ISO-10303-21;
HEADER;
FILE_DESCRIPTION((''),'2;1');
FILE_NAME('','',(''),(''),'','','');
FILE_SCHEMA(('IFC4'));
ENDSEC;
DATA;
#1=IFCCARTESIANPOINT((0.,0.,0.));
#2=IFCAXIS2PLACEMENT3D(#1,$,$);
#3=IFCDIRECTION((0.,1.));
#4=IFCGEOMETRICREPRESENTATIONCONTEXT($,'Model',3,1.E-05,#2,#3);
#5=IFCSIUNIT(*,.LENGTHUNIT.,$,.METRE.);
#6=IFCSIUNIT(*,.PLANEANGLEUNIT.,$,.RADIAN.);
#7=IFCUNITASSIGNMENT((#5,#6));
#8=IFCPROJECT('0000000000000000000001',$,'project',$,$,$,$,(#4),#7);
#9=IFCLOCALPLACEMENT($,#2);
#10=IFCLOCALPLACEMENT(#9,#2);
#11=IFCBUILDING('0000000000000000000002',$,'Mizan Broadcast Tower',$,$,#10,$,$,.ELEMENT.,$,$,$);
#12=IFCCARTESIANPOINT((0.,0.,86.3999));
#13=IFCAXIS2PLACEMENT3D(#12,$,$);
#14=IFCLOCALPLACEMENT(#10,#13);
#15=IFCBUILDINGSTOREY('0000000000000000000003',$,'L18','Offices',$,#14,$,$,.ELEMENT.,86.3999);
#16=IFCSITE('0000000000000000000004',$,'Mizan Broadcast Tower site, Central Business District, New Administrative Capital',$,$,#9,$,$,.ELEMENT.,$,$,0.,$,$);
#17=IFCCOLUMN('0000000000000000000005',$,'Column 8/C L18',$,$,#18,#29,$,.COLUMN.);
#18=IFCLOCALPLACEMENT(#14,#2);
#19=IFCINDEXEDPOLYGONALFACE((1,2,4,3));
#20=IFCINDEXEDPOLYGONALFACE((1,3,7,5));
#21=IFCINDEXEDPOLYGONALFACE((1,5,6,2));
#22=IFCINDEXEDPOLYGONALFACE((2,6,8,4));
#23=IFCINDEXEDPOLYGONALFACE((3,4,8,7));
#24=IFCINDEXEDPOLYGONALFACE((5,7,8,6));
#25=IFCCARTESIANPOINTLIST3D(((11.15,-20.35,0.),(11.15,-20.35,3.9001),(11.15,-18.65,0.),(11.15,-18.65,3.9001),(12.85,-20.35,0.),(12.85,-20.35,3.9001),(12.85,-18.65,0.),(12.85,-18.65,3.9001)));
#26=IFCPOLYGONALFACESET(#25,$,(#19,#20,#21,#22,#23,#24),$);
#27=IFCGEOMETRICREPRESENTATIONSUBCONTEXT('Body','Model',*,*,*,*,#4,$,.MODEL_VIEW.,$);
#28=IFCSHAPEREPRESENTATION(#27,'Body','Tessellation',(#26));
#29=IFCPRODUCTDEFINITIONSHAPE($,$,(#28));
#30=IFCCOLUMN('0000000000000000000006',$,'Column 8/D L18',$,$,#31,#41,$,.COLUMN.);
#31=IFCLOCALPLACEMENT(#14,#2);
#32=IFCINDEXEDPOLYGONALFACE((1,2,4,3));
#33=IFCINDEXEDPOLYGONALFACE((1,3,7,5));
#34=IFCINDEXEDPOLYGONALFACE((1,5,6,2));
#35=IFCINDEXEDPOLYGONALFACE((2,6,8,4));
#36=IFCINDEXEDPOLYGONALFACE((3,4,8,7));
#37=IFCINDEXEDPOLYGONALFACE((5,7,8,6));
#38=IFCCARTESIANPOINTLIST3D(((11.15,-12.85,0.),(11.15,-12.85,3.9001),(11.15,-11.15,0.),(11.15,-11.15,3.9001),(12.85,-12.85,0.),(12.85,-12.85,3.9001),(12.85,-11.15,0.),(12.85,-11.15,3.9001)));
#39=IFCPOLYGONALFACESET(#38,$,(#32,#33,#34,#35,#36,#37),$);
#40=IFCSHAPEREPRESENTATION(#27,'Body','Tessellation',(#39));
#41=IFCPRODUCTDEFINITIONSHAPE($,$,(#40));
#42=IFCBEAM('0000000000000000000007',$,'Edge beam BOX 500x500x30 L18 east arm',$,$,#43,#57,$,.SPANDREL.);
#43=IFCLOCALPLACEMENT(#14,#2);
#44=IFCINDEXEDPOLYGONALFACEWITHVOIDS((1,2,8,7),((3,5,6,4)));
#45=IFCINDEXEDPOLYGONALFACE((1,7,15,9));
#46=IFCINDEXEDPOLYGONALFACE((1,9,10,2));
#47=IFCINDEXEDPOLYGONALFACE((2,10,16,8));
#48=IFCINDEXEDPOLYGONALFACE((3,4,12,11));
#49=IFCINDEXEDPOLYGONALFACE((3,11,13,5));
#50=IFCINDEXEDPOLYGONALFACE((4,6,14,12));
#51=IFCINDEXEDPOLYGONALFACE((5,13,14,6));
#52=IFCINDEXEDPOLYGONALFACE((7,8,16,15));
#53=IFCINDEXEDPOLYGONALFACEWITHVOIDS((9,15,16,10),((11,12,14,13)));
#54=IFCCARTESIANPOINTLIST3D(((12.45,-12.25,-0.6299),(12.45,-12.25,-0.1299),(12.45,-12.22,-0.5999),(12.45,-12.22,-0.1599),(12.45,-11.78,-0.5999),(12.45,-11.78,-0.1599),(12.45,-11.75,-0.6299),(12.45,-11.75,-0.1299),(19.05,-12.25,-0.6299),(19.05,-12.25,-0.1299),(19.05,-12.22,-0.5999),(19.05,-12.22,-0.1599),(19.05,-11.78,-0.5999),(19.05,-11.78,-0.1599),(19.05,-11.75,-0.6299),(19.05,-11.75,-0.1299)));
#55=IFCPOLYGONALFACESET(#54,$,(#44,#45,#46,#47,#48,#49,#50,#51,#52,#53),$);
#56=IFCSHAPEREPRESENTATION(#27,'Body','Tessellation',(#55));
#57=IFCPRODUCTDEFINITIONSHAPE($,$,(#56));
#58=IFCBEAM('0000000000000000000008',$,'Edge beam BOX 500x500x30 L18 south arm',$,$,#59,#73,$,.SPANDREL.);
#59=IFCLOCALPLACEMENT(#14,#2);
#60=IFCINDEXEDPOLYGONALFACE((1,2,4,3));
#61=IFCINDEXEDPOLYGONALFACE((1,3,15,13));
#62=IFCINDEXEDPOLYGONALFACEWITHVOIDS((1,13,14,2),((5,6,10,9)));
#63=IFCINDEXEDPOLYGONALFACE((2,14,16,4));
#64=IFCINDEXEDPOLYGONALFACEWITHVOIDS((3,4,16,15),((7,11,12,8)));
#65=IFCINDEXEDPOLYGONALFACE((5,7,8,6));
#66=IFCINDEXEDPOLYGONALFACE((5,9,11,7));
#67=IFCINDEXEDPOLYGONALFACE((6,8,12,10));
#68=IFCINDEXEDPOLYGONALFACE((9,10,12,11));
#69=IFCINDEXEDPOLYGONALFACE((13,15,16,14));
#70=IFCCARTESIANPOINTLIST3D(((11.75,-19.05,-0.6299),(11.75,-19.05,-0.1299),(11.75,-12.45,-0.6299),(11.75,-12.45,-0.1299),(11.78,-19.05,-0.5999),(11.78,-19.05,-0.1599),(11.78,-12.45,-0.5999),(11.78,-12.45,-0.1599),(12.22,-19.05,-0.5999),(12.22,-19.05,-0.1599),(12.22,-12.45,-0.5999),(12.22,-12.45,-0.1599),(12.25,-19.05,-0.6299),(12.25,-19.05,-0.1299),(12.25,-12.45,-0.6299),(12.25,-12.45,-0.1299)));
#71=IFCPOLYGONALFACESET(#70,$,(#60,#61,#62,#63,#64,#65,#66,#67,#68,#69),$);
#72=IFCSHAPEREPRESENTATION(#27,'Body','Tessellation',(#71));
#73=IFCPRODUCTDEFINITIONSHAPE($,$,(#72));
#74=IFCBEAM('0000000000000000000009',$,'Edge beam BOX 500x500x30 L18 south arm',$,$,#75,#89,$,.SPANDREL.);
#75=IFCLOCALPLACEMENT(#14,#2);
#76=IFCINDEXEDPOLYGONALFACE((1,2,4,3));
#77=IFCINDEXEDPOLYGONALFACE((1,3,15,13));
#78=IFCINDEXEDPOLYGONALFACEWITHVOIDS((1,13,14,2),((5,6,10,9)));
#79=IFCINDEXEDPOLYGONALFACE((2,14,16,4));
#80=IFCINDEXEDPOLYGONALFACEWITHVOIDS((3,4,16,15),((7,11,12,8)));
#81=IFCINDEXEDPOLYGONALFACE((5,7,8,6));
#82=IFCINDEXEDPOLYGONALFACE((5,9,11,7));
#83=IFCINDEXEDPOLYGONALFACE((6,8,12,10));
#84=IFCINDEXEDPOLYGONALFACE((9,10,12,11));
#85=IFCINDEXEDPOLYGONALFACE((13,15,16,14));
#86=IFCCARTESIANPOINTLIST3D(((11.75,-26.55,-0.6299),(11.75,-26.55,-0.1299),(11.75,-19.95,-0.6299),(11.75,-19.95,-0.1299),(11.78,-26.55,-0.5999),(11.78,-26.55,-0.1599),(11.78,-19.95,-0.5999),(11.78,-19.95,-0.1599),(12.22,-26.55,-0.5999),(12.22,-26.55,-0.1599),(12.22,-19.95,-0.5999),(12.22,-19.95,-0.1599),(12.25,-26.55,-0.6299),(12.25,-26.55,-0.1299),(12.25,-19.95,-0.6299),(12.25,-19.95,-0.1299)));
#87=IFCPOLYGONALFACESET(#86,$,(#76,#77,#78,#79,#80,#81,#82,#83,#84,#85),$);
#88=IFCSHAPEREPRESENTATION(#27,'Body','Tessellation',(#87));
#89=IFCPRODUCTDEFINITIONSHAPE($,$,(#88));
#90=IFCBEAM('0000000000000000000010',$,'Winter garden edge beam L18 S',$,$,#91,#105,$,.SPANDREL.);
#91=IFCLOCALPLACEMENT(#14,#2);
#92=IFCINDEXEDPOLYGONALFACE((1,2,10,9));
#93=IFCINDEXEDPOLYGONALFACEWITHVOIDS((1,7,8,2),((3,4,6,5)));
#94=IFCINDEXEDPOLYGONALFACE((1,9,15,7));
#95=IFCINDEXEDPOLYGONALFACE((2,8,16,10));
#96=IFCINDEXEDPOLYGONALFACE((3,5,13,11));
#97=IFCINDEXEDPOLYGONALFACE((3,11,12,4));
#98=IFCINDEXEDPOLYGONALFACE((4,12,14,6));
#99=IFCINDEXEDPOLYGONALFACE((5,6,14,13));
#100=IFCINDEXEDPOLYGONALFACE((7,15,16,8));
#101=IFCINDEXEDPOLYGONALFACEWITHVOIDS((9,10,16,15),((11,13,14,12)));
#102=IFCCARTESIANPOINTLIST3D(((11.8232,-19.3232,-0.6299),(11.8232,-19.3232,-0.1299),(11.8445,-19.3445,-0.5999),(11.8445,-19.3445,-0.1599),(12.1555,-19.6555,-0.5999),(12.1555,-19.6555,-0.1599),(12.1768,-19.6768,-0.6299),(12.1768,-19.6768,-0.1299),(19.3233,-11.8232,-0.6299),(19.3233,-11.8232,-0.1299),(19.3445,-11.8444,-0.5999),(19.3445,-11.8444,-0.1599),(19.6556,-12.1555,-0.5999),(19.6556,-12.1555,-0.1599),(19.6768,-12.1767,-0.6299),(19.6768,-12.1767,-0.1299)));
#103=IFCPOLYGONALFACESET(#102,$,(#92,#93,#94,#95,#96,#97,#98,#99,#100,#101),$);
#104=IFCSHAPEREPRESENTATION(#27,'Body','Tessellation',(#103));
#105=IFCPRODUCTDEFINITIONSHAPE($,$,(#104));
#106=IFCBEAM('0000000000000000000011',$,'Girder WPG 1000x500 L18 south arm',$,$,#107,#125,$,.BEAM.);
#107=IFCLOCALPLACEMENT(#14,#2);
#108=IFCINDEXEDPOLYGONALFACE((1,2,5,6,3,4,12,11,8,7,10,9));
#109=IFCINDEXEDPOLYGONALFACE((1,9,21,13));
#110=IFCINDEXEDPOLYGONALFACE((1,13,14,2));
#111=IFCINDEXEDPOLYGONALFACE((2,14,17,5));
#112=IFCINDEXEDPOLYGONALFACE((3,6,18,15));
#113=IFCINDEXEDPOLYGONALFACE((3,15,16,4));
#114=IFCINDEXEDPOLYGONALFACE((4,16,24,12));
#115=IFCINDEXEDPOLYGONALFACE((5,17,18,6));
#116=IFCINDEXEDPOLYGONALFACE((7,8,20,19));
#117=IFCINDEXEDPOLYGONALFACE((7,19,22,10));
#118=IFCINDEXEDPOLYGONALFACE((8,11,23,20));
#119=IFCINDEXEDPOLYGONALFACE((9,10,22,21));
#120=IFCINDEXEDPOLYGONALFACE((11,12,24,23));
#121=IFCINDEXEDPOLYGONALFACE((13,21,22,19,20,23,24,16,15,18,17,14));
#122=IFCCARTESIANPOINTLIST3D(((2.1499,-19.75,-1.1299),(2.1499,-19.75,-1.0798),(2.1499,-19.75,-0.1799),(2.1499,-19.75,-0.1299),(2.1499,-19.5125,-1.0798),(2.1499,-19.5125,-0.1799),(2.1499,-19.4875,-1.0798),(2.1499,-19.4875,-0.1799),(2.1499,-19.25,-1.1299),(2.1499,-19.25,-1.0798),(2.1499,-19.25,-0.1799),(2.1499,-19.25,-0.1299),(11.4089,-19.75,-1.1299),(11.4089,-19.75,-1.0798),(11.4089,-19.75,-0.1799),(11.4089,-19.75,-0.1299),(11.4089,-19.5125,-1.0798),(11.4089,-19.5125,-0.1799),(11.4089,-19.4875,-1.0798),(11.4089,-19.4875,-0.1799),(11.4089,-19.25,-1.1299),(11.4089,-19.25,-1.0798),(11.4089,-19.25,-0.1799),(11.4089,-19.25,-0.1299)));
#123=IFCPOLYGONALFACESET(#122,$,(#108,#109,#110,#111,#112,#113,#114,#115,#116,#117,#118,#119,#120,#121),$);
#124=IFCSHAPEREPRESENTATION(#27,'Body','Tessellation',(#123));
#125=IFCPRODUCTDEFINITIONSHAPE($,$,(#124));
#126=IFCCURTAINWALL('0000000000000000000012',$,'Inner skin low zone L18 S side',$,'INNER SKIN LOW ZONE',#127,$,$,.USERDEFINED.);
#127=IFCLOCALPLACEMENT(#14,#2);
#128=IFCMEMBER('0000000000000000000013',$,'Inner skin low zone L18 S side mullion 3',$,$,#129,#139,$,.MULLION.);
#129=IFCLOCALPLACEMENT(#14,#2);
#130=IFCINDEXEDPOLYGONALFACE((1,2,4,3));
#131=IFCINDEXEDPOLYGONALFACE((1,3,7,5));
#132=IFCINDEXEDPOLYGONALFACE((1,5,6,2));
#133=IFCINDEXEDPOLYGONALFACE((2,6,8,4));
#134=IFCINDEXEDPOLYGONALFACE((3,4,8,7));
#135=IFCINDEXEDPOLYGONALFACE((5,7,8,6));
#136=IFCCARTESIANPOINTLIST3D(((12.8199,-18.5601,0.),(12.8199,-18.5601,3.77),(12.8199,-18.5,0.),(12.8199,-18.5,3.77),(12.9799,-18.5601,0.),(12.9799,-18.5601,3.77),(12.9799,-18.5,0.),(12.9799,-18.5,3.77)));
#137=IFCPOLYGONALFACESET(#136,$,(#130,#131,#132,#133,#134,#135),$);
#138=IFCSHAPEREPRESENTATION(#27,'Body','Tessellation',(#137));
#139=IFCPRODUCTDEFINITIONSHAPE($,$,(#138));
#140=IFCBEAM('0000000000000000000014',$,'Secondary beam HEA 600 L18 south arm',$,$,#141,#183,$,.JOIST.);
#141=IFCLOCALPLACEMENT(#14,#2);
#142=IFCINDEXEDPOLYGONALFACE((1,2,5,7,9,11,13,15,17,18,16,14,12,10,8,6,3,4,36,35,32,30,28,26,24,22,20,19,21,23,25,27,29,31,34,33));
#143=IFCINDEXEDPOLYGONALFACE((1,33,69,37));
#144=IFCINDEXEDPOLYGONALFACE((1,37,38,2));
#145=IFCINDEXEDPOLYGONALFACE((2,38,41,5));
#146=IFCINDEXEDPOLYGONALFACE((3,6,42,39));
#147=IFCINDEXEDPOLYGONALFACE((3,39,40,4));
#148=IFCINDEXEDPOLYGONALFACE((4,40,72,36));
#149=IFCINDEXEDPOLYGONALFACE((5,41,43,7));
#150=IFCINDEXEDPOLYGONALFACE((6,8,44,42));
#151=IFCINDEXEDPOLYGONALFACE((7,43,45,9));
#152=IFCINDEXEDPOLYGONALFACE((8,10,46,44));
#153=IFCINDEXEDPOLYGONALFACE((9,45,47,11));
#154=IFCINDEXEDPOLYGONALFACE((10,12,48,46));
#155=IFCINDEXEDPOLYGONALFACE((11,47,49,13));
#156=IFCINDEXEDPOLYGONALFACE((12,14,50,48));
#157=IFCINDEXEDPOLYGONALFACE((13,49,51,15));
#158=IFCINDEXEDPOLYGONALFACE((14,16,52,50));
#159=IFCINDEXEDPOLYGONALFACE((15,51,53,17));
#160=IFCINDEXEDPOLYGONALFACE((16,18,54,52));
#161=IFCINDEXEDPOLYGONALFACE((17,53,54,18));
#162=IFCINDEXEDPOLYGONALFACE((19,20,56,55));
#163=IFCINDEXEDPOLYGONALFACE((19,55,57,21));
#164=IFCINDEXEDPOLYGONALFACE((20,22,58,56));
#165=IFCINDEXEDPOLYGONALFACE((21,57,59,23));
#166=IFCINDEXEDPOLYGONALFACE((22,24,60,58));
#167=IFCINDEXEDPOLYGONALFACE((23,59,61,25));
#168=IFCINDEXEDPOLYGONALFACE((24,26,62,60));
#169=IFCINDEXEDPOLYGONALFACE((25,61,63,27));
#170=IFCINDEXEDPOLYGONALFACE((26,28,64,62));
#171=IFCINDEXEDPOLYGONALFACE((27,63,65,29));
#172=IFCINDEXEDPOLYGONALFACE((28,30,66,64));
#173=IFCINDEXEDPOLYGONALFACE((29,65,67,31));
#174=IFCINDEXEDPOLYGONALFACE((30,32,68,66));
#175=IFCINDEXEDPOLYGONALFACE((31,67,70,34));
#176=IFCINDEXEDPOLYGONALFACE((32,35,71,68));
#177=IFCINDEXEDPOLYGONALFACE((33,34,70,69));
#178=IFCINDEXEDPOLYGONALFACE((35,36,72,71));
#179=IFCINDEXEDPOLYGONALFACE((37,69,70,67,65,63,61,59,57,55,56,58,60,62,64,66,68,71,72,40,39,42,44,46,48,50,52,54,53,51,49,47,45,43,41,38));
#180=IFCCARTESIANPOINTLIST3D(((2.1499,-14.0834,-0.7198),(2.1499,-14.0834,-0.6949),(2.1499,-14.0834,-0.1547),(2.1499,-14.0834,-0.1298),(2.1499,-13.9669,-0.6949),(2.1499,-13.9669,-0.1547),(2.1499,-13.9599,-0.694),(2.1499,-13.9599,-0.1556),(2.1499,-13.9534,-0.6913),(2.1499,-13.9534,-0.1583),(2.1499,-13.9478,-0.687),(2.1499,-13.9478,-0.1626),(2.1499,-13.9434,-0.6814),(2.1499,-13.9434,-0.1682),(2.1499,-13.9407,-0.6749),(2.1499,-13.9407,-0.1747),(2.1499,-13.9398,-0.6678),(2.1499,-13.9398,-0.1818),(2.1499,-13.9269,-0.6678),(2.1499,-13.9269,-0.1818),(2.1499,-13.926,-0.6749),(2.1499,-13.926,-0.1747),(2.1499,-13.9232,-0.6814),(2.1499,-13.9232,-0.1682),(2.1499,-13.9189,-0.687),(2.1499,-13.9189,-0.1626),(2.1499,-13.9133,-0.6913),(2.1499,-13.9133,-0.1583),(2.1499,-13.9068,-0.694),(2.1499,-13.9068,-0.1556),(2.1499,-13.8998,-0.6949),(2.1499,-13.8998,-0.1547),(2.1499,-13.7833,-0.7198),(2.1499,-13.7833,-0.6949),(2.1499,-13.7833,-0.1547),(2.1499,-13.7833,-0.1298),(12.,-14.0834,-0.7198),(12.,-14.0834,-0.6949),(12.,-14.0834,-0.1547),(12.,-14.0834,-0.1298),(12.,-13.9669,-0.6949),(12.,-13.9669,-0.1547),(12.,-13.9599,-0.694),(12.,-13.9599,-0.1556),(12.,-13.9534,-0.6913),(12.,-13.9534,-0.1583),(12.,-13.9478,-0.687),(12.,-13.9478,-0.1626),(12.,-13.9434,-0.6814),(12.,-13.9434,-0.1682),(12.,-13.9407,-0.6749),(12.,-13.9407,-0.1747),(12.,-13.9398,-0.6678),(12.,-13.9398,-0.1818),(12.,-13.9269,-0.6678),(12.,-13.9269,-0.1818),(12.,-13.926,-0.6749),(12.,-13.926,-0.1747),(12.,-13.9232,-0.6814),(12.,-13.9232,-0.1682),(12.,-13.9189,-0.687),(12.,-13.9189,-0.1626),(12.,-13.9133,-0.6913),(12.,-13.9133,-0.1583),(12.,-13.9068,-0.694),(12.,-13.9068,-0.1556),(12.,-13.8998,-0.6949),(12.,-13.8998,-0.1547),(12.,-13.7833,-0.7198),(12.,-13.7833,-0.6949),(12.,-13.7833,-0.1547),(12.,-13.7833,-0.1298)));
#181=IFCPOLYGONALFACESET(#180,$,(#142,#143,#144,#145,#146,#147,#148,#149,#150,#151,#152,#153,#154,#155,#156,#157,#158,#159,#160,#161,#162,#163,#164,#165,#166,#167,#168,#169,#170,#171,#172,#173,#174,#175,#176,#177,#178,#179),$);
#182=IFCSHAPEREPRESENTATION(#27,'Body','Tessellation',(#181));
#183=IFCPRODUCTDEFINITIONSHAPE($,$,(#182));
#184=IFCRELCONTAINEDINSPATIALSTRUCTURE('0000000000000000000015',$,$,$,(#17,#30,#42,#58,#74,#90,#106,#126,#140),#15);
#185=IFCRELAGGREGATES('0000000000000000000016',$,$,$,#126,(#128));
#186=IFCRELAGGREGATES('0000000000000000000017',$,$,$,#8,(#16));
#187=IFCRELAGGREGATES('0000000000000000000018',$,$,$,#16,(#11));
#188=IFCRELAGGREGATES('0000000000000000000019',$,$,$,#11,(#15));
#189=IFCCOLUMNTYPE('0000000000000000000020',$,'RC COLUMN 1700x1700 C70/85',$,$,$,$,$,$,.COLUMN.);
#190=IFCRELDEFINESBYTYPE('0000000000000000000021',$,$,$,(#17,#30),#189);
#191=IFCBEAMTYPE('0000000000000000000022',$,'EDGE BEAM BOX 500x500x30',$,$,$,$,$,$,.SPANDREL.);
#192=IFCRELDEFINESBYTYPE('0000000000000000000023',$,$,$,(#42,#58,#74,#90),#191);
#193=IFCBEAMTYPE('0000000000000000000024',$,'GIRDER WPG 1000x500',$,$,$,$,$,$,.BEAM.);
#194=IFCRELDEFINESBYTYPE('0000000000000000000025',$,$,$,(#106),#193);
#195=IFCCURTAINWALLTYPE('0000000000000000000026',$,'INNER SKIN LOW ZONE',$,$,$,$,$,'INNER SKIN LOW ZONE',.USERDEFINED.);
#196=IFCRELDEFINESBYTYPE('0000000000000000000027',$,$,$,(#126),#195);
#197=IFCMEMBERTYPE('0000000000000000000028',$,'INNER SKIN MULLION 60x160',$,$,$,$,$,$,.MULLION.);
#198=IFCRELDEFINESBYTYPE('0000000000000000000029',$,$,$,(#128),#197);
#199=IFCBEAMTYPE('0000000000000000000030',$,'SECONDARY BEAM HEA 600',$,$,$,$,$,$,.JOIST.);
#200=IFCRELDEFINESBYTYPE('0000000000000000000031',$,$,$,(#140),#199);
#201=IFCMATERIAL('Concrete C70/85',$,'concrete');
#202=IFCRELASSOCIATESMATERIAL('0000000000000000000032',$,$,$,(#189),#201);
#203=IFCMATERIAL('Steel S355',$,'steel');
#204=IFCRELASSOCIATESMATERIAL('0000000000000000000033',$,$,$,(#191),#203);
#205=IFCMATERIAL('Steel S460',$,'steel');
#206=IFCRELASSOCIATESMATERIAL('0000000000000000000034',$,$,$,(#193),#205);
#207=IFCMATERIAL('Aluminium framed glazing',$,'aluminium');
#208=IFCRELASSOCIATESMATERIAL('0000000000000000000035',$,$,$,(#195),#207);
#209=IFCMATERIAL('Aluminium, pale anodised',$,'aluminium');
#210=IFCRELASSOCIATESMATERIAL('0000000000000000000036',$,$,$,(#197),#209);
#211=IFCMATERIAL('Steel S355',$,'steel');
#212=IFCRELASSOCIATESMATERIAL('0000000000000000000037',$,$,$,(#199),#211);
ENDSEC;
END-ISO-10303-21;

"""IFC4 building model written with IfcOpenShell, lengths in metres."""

from ifc_helpers import new_model, si_unit, direction, frame, origin, origin_2d, place, context, subcontext, project, spatial, rectangle, hollow_rectangle, i_section, extrude, material, material_profile, profile_set, type_object, element, aggregate, save


model = new_model("IFC4")

# Units and contexts
model_context = context("Model", 3, precision=1e-05, world=origin(), true_north=direction((0.0, 1.0)))
body_context = subcontext(model_context, "Body", "Model", "MODEL_VIEW")
ifc_project = project(units=[si_unit("LENGTHUNIT", "METRE"), si_unit("PLANEANGLEUNIT", "RADIAN")], contexts=[model_context])

# Site, building, storey
site_placement = place(None, origin())
site = spatial("IfcSite", under=ifc_project, at=site_placement, Name="Mizan Broadcast Tower site, Central Business District, New Administrative Capital", CompositionType="ELEMENT", RefElevation=0.0)
building_placement = place(site_placement, origin())
building = spatial("IfcBuilding", under=site, at=building_placement, Name="Mizan Broadcast Tower", CompositionType="ELEMENT")
storey_placement = place(building_placement, frame((0.0, 0.0, 86.3999)))
storey = spatial("IfcBuildingStorey", under=building, at=storey_placement, Name="L18", Description="Offices", CompositionType="ELEMENT", Elevation=86.3999)

# Columns
ifc_material_1 = material(Name="Concrete C70/85", Category="concrete")
ifc_material_profile_1 = material_profile(ifc_material_1, rectangle(XDim=1.7, YDim=1.7, at=origin_2d()), Name="RC 1700x1700")
ifc_profile_set_1 = profile_set([ifc_material_profile_1], Name="Concrete C70/85")
column_type = type_object("IfcColumnType", Name="RC COLUMN 1700x1700 C70/85", PredefinedType="COLUMN", material=ifc_profile_set_1)
for number, where, z_axis, x_axis, name in (
    (1, (12.0, -19.5, 0.0), (0.0, 0.0, 1.0), (1.0, 0.0, 0.0), "Column 8/C L18"),
    (2, (12.0, -12.0, 0.0), (0.0, 0.0, 1.0), (1.0, 0.0, 0.0), "Column 8/D L18"),
):
    element("IfcColumn", number, at=place(storey_placement, frame(where, z_axis=z_axis, x_axis=x_axis)), inside=storey, type_object=column_type, Name=name, PredefinedType="COLUMN", context=body_context, shape_type="SweptSolid", body=[
        extrude(rectangle(XDim=1.7, YDim=1.7, at=origin_2d()), origin(), (0.0, 0.0, 1.0), 3.9001),
    ])

# Beams
ifc_material_2 = material(Name="Steel S355", Category="steel")
ifc_material_profile_2 = material_profile(ifc_material_2, hollow_rectangle(XDim=0.5, YDim=0.5, WallThickness=0.03, at=origin_2d()), Name="BOX 500x500x30")
ifc_profile_set_2 = profile_set([ifc_material_profile_2], Name="Steel S355")
beam_type_1 = type_object("IfcBeamType", Name="EDGE BEAM BOX 500x500x30", PredefinedType="SPANDREL", material=ifc_profile_set_2)
for number, where, z_axis, x_axis, name in (
    (3, (12.45, -12.0, -0.3799), (1.0, 0.0, 0.0), (0.0, 1.0, 0.0), "Edge beam BOX 500x500x30 L18 east arm"),
    (4, (12.0, -12.45, -0.3799), (0.0, -1.0, 0.0), (1.0, 0.0, 0.0), "Edge beam BOX 500x500x30 L18 south arm"),
    (5, (12.0, -19.95, -0.3799), (0.0, -1.0, 0.0), (1.0, 0.0, 0.0), "Edge beam BOX 500x500x30 L18 south arm"),
):
    element("IfcBeam", number, at=place(storey_placement, frame(where, z_axis=z_axis, x_axis=x_axis)), inside=storey, type_object=beam_type_1, Name=name, PredefinedType="SPANDREL", context=body_context, shape_type="SweptSolid", body=[
        extrude(hollow_rectangle(XDim=0.5, YDim=0.5, WallThickness=0.03, at=origin_2d()), origin(), (0.0, 0.0, 1.0), 6.6001),
    ])
beam_1_placement = place(storey_placement, frame((12.0, -19.5, -0.3799), z_axis=(0.707107, 0.707107, 0.0), x_axis=(-0.707107, 0.707107, 0.0)))
element("IfcBeam", 6, at=beam_1_placement, inside=storey, type_object=beam_type_1, Name="Winter garden edge beam L18 S", PredefinedType="SPANDREL", context=body_context, shape_type="SweptSolid", body=[
    extrude(hollow_rectangle(XDim=0.5, YDim=0.5, WallThickness=0.03, at=origin_2d()), origin(), (0.0, 0.0, 1.0), 10.6067),
])
ifc_material_3 = material(Name="Steel S460", Category="steel")
ifc_material_profile_3 = material_profile(ifc_material_3, i_section(OverallWidth=0.5, OverallDepth=1.0, WebThickness=0.0249, FlangeThickness=0.05, at=origin_2d()), Name="WPG 1000x500")
ifc_profile_set_3 = profile_set([ifc_material_profile_3], Name="Steel S460")
beam_type_2 = type_object("IfcBeamType", Name="GIRDER WPG 1000x500", PredefinedType="BEAM", material=ifc_profile_set_3)
beam_2_placement = place(storey_placement, frame((11.4089, -19.5, -0.6299), z_axis=(-1.0, 0.0, 0.0), x_axis=(0.0, -1.0, 0.0)))
element("IfcBeam", 7, at=beam_2_placement, inside=storey, type_object=beam_type_2, Name="Girder WPG 1000x500 L18 south arm", PredefinedType="BEAM", context=body_context, shape_type="SweptSolid", body=[
    extrude(i_section(OverallWidth=0.5, OverallDepth=1.0, WebThickness=0.0249, FlangeThickness=0.05, at=origin_2d()), origin(), (0.0, 0.0, 1.0), 9.259),
])

# Curtain wall, member
ifc_material_4 = material(Name="Aluminium framed glazing", Category="aluminium")
curtain_wall_type = type_object("IfcCurtainWallType", Name="INNER SKIN LOW ZONE", ElementType="INNER SKIN LOW ZONE", PredefinedType="USERDEFINED", material=ifc_material_4)
curtain_wall_placement = place(storey_placement, origin())
curtain_wall = element("IfcCurtainWall", 8, at=curtain_wall_placement, inside=storey, type_object=curtain_wall_type, Name="Inner skin low zone L18 S side", ObjectType="INNER SKIN LOW ZONE", PredefinedType="USERDEFINED")
ifc_material_5 = material(Name="Aluminium, pale anodised", Category="aluminium")
ifc_material_profile_4 = material_profile(ifc_material_5, rectangle(XDim=0.1599, YDim=0.0601, at=origin_2d()), Name="MULLION 160x60")
ifc_profile_set_4 = profile_set([ifc_material_profile_4], Name="Aluminium, pale anodised")
member_type = type_object("IfcMemberType", Name="INNER SKIN MULLION 60x160", PredefinedType="MULLION", material=ifc_profile_set_4)
member_placement = place(storey_placement, frame((12.8999, -18.53, 0.0), z_axis=(0.0, 0.0, 1.0), x_axis=(-1.0, 0.0, 0.0)))
member = element("IfcMember", 9, at=member_placement, type_object=member_type, Name="Inner skin low zone L18 S side mullion 3", PredefinedType="MULLION", context=body_context, shape_type="SweptSolid", body=[
    extrude(rectangle(XDim=0.1599, YDim=0.0601, at=origin_2d()), origin(), (0.0, 0.0, 1.0), 3.77),
])

# Beam
ifc_material_6 = material(Name="Steel S355", Category="steel")
ifc_material_profile_5 = material_profile(ifc_material_6, i_section(OverallWidth=0.3, OverallDepth=0.5901, WebThickness=0.0129, FlangeThickness=0.0249, FilletRadius=0.0271, at=origin_2d()), Name="HEA 600")
ifc_profile_set_5 = profile_set([ifc_material_profile_5], Name="Steel S355")
beam_type_3 = type_object("IfcBeamType", Name="SECONDARY BEAM HEA 600", PredefinedType="JOIST", material=ifc_profile_set_5)
for number, where, z_axis, x_axis, name in (
    (10, (12.0, -13.9333, -0.4248), (-1.0, 0.0, 0.0), (0.0, -1.0, 0.0), "Secondary beam HEA 600 L18 south arm"),
):
    element("IfcBeam", number, at=place(storey_placement, frame(where, z_axis=z_axis, x_axis=x_axis)), inside=storey, type_object=beam_type_3, Name=name, PredefinedType="JOIST", context=body_context, shape_type="SweptSolid", body=[
        extrude(i_section(OverallWidth=0.3, OverallDepth=0.5901, WebThickness=0.0129, FlangeThickness=0.0249, FilletRadius=0.0271, at=origin_2d()), origin(), (0.0, 0.0, 1.0), 9.8501),
    ])

aggregate(curtain_wall, [member])

save(model, "model.ifc")
